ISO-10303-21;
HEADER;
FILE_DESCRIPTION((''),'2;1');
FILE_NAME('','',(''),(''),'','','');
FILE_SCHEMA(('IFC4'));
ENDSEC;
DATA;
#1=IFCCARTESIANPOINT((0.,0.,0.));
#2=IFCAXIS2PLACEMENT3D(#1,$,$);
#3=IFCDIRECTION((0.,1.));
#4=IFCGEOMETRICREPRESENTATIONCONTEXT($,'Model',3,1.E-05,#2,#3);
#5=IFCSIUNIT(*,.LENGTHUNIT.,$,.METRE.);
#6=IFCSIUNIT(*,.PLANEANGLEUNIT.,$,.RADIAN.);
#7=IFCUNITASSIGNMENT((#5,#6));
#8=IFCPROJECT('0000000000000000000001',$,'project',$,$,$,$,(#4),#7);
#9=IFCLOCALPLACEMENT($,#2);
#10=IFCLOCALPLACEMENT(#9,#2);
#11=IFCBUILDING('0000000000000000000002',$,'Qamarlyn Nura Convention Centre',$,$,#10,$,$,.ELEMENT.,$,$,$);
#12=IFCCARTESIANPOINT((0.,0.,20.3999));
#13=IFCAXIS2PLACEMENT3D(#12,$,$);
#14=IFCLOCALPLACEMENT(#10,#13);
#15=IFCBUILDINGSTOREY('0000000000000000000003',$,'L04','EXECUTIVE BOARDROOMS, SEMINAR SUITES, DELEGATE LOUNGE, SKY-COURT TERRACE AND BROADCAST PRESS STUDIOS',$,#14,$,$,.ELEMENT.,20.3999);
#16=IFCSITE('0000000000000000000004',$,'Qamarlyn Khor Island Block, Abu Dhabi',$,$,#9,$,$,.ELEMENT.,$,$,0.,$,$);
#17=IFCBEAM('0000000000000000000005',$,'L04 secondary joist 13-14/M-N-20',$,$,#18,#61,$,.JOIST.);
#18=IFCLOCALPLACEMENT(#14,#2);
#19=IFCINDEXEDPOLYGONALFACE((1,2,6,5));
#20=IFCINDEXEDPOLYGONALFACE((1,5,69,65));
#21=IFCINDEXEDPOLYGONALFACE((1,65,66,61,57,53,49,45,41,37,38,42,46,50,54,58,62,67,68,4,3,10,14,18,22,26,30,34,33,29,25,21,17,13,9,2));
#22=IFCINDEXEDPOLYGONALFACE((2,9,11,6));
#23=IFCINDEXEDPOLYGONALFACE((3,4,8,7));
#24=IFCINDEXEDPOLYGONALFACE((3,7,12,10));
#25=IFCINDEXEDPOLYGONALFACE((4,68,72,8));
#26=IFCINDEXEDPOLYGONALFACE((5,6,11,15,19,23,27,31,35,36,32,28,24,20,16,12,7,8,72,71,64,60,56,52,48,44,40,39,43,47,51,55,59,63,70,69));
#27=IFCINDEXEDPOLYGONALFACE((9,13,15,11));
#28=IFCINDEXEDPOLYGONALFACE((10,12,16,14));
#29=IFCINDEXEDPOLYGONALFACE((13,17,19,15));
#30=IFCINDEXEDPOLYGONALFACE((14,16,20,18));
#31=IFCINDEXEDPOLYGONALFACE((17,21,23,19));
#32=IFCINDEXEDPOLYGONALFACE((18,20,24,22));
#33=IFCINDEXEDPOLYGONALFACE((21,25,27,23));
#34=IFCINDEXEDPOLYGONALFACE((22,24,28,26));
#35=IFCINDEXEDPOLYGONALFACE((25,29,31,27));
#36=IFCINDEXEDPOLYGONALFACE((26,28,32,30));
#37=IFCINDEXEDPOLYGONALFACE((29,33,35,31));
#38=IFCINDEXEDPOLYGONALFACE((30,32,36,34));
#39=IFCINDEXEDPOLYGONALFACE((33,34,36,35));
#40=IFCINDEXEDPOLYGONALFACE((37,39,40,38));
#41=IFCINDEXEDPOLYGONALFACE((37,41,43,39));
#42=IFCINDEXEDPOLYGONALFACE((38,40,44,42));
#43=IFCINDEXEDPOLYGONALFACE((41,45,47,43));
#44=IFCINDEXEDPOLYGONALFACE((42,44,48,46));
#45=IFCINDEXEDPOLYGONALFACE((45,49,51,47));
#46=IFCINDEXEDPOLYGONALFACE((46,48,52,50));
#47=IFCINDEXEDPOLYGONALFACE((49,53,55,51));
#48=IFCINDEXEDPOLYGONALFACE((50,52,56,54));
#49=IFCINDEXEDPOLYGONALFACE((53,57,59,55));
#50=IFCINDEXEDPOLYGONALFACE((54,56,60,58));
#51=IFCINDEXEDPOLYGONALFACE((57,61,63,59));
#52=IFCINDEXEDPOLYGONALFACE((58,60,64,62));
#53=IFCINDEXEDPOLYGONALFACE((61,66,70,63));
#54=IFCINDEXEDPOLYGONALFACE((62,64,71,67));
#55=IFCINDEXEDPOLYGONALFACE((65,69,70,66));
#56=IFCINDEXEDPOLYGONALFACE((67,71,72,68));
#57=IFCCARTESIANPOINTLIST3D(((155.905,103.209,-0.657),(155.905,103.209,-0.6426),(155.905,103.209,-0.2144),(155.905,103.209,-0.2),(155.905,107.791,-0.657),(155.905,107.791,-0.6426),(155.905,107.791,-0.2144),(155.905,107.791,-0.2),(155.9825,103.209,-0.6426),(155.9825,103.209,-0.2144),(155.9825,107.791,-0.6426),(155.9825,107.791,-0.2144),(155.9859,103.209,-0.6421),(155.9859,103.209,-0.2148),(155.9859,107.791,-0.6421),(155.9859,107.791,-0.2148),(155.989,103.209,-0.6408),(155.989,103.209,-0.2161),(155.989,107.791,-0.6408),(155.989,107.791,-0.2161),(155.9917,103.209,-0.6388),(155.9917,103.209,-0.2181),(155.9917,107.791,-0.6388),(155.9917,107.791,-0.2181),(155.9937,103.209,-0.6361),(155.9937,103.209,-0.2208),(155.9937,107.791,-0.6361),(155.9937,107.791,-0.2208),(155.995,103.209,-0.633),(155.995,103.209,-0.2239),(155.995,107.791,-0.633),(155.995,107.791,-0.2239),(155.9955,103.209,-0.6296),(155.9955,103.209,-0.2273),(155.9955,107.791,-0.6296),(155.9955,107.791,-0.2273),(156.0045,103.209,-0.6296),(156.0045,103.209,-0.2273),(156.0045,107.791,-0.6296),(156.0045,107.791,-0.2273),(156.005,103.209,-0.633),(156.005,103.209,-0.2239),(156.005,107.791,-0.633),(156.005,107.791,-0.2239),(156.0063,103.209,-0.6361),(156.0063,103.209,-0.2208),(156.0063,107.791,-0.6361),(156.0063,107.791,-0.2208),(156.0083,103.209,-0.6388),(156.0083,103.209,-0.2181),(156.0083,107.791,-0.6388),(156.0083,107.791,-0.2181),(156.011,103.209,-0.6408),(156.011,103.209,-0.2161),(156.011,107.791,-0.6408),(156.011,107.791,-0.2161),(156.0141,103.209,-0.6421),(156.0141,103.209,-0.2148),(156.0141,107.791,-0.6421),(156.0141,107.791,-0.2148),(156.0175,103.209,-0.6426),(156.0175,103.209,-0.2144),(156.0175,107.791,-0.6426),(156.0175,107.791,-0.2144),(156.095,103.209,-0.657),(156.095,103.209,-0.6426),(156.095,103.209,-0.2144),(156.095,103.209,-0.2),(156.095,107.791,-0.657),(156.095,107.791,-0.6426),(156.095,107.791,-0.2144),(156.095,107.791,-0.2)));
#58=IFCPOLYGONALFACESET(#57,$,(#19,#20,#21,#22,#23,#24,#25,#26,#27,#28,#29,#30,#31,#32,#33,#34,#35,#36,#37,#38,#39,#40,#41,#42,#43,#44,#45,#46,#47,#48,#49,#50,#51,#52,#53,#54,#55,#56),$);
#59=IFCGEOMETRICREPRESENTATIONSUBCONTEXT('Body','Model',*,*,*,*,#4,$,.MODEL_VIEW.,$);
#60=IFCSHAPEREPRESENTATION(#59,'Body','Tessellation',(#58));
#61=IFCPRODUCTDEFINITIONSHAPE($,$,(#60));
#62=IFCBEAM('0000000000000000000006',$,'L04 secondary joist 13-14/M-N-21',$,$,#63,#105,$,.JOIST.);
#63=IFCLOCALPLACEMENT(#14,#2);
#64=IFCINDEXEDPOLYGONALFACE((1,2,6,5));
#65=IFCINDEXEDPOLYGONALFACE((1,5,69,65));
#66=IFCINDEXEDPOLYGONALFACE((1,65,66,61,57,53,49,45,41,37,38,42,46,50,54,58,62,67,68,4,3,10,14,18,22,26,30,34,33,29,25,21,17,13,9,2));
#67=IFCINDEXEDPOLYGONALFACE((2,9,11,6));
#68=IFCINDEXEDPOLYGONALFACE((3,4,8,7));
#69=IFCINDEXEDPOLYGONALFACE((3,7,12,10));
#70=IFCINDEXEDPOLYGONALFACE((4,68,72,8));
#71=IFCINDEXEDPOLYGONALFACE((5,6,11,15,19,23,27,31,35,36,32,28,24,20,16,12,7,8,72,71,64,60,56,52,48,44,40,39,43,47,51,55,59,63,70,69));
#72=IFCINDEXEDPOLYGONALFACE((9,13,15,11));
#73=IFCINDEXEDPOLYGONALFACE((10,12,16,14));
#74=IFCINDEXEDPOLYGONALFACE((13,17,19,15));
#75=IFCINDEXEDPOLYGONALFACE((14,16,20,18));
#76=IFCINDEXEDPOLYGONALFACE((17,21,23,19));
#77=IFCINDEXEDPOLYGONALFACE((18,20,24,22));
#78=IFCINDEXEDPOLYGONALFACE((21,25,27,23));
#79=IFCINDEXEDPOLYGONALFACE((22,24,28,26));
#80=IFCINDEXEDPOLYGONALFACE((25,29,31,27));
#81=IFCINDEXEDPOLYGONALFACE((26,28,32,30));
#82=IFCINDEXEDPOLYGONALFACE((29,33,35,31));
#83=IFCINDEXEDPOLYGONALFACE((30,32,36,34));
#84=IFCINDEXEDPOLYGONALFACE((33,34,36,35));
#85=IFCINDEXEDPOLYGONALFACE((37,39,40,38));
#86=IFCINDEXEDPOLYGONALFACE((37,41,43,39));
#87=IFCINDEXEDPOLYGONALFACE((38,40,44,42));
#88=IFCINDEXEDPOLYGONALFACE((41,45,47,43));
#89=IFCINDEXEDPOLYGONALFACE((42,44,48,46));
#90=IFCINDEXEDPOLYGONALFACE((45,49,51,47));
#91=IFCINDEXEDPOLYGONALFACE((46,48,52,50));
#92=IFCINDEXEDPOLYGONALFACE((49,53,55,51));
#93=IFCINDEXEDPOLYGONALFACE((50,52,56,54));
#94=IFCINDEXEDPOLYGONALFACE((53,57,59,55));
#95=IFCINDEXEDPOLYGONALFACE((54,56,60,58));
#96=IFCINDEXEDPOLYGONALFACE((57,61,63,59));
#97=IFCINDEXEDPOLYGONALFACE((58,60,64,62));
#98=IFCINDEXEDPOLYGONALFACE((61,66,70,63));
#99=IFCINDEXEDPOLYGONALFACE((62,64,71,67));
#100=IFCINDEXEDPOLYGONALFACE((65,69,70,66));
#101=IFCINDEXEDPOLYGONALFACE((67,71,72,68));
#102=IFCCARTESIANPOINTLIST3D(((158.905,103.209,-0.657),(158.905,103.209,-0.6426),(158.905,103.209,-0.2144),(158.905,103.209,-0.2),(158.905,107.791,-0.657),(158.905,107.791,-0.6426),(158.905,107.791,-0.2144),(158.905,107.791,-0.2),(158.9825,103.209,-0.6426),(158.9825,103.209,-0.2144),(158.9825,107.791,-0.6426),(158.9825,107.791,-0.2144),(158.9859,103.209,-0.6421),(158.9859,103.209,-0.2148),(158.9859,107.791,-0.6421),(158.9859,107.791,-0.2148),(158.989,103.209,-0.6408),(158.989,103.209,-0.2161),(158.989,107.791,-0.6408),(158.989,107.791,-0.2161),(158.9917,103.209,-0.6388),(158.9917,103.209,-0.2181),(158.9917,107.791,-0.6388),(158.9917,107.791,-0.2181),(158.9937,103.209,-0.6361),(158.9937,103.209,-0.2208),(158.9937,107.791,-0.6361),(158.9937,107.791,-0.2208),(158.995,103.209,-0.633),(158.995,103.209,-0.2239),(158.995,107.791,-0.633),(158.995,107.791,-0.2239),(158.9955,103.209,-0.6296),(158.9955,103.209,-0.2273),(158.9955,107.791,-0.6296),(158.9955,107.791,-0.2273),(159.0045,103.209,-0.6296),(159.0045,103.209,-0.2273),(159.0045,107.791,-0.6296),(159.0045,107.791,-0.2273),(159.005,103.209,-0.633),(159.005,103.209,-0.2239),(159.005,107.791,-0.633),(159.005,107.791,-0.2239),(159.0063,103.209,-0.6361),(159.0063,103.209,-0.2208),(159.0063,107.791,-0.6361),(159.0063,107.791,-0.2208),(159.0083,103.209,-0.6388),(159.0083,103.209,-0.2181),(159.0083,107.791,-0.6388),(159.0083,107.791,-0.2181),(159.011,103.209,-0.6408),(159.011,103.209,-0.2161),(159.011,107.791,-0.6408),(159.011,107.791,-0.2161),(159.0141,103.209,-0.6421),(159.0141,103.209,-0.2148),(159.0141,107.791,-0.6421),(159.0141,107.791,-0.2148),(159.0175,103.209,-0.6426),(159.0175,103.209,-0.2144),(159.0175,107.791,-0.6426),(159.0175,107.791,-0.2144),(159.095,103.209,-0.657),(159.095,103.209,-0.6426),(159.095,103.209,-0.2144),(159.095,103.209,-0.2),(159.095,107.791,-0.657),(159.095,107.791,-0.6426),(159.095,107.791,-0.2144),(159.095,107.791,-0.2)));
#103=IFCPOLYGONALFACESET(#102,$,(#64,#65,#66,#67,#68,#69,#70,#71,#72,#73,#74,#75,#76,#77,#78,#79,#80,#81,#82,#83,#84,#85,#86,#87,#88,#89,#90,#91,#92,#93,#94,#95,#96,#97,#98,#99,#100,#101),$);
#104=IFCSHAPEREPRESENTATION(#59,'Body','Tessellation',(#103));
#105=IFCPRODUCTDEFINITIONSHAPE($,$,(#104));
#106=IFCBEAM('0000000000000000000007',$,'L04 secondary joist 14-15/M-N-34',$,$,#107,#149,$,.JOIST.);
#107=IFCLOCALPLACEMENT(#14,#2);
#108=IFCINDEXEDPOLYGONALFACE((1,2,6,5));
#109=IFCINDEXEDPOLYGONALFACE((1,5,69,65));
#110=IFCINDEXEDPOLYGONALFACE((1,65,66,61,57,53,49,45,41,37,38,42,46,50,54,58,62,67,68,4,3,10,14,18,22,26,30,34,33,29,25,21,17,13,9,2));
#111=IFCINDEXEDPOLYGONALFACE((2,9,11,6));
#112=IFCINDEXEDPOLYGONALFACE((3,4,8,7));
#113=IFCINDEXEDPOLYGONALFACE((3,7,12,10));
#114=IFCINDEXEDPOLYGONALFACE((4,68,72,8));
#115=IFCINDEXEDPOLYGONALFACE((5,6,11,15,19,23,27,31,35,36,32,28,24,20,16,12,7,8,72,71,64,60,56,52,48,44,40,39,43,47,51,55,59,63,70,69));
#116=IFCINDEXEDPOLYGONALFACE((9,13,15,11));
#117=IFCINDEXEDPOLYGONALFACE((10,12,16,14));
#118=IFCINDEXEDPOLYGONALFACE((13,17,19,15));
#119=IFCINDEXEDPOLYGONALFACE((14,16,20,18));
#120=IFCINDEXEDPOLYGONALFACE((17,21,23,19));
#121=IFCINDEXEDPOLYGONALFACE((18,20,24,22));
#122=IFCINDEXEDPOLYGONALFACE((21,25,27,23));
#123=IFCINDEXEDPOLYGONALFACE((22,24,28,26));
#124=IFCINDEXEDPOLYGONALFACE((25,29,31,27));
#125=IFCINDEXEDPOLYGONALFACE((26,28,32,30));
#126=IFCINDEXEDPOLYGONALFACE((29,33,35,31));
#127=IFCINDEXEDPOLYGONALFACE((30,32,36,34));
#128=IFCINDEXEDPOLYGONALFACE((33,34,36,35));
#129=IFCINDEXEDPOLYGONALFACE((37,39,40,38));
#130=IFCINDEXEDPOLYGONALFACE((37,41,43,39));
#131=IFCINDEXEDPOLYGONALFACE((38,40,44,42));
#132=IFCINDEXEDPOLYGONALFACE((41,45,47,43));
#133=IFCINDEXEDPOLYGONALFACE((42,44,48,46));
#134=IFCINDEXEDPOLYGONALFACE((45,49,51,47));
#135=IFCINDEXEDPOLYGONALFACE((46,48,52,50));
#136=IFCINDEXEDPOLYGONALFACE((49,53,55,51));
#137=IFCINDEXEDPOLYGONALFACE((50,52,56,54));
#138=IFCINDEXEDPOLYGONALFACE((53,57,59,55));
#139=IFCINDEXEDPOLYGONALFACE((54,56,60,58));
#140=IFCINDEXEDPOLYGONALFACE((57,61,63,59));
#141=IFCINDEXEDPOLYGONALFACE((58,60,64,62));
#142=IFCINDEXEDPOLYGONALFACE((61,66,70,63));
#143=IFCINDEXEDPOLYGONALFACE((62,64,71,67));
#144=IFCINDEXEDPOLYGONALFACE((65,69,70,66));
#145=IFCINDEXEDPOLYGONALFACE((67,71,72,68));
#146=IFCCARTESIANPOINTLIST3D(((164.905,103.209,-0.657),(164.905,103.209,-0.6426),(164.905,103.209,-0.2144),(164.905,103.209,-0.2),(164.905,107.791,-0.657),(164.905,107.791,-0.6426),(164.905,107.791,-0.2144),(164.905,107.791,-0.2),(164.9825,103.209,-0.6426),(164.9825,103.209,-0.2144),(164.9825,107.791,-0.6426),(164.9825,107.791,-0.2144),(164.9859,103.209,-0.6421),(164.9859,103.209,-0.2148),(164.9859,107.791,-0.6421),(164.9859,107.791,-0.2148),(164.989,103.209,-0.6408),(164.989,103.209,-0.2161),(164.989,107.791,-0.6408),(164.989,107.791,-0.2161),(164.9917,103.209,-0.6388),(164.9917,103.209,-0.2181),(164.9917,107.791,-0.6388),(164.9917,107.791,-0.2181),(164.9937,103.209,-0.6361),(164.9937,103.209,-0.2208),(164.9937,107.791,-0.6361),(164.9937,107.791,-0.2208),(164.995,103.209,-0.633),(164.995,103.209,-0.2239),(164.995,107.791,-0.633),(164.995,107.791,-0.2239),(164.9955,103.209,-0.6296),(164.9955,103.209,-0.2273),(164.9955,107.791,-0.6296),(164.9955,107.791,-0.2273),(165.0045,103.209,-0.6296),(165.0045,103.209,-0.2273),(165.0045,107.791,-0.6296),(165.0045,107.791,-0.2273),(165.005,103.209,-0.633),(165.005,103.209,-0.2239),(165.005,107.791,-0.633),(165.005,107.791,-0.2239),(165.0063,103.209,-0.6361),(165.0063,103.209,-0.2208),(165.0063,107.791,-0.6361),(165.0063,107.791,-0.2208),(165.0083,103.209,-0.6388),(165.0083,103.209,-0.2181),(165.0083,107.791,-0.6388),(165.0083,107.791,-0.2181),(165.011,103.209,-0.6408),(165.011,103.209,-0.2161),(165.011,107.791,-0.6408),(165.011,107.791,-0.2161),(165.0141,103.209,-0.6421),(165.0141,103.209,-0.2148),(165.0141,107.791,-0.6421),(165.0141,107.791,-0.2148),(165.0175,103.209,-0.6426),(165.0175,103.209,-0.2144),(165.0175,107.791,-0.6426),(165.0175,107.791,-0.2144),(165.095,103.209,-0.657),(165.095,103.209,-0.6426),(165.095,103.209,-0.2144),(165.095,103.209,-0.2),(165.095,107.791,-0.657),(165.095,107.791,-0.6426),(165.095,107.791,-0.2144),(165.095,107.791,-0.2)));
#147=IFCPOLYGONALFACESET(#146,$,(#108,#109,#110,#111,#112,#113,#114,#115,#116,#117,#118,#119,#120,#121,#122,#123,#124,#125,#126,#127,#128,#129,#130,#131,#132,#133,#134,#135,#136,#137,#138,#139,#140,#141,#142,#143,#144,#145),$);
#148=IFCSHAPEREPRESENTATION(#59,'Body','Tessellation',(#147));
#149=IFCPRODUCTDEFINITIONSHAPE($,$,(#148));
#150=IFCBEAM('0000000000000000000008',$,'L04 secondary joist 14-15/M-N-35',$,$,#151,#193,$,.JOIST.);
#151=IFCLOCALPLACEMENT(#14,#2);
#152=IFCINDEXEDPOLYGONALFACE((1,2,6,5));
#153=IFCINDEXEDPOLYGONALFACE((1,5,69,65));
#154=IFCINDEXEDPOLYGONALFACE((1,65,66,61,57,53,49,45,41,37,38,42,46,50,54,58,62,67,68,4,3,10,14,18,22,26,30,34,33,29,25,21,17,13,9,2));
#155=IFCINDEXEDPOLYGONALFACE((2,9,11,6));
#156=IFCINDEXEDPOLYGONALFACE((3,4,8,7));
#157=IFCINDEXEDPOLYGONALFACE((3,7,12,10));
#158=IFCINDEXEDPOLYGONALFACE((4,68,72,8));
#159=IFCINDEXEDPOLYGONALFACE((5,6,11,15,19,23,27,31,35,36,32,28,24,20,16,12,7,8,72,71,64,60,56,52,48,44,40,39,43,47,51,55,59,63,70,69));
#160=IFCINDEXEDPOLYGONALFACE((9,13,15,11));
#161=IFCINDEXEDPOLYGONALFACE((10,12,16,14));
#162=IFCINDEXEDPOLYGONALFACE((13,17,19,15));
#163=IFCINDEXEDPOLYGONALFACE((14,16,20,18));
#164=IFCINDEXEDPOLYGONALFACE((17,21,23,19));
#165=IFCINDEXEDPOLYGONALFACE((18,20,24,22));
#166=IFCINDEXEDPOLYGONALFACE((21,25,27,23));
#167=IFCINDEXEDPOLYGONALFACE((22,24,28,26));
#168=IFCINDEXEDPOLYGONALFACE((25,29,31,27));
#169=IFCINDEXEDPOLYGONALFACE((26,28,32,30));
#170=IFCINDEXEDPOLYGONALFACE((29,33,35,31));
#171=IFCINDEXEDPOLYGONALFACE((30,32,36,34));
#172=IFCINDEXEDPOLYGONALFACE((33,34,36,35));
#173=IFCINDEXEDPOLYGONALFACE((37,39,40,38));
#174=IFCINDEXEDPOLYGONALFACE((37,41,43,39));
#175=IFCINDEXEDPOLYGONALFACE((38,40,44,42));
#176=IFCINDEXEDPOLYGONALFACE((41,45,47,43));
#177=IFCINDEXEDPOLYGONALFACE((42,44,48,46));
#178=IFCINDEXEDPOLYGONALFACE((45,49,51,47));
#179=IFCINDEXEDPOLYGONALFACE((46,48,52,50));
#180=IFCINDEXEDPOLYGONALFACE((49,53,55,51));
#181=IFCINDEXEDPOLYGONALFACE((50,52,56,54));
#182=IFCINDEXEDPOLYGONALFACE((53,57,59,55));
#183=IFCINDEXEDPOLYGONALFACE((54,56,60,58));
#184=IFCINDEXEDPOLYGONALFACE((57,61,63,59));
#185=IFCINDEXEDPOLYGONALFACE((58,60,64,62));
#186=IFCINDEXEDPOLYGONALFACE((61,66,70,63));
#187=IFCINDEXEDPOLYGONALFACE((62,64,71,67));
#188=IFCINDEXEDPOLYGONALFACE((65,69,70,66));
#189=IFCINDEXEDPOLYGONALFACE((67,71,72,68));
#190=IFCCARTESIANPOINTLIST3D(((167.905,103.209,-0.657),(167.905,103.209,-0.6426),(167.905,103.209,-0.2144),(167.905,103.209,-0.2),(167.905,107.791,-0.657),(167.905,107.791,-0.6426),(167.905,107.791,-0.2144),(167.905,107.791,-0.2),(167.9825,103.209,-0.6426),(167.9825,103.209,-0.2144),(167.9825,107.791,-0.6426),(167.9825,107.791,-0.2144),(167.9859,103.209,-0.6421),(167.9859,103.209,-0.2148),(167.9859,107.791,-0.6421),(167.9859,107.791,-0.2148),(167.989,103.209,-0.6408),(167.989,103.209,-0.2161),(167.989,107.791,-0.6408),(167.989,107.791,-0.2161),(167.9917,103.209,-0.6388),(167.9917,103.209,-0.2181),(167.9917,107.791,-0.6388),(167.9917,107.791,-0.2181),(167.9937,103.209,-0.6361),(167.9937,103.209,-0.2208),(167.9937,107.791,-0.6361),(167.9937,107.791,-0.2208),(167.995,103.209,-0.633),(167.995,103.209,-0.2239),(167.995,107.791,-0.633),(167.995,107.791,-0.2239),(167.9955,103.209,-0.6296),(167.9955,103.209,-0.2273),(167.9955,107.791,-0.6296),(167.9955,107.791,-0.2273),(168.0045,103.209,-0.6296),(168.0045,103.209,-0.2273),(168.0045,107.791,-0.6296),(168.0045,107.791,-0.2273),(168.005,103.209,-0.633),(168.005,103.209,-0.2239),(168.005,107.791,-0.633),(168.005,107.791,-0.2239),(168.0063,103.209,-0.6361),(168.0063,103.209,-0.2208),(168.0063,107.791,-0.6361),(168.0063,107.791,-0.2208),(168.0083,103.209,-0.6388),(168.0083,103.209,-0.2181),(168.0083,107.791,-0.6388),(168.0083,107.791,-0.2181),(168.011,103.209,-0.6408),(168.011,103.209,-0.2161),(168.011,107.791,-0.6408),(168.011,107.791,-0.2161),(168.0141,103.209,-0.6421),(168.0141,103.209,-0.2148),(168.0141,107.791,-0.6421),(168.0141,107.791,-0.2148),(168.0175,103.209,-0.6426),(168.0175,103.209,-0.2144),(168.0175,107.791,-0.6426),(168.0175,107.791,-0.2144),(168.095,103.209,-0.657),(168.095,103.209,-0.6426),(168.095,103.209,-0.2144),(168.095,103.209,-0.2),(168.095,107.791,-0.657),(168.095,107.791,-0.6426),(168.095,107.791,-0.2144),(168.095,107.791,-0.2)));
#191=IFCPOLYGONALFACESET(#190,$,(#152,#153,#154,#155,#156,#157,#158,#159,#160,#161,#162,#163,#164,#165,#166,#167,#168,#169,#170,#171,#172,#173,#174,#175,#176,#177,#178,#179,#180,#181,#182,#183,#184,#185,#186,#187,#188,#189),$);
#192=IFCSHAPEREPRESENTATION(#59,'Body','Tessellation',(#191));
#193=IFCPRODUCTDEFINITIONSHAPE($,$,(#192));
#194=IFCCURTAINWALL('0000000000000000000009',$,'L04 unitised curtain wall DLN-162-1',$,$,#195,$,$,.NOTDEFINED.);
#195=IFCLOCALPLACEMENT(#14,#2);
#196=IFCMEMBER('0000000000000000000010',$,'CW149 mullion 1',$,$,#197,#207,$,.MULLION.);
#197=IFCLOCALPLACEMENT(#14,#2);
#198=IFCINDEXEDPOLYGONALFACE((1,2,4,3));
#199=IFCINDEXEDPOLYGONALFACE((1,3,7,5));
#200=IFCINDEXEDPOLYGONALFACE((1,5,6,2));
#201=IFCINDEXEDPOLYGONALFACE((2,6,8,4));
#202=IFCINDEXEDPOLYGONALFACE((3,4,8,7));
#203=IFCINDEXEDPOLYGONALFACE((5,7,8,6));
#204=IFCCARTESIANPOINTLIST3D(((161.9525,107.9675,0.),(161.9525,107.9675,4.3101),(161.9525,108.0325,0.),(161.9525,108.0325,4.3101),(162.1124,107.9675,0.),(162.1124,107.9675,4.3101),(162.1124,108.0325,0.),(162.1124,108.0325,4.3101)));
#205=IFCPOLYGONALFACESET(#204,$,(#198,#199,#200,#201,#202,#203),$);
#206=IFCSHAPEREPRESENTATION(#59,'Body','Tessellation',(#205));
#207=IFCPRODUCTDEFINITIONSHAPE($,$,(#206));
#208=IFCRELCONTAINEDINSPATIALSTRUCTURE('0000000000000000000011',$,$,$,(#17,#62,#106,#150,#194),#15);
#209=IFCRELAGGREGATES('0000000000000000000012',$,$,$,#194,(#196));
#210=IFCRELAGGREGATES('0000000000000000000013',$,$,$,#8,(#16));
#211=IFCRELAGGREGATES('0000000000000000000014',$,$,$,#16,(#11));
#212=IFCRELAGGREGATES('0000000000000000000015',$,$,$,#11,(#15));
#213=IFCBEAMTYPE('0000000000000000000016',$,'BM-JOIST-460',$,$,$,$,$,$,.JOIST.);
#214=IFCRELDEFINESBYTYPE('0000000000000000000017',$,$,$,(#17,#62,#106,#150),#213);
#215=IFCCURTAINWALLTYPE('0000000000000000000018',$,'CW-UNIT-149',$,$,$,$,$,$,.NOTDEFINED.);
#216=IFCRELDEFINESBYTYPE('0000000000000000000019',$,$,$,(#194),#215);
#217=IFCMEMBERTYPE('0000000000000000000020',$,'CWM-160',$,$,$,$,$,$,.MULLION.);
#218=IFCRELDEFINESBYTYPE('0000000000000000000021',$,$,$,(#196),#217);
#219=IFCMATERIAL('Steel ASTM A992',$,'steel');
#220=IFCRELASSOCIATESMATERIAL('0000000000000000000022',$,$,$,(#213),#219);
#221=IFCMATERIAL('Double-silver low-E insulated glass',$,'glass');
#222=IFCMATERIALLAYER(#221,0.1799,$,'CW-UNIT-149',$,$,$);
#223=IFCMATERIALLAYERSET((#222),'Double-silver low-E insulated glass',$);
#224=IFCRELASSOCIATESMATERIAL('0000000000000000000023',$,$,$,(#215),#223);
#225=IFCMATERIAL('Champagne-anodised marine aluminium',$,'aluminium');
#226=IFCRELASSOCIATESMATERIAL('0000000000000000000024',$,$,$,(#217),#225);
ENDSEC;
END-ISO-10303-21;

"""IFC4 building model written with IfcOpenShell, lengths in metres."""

from ifc_helpers import new_model, si_unit, direction, frame, origin, origin_2d, place, context, subcontext, project, spatial, rectangle, i_section, extrude, material, layer, layer_set, material_profile, profile_set, type_object, element, aggregate, save


model = new_model("IFC4")

# Units and contexts
model_context = context("Model", 3, precision=1e-05, world=origin(), true_north=direction((0.0, 1.0)))
body_context = subcontext(model_context, "Body", "Model", "MODEL_VIEW")
ifc_project = project(units=[si_unit("LENGTHUNIT", "METRE"), si_unit("PLANEANGLEUNIT", "RADIAN")], contexts=[model_context])

# Site, building, storey
site_placement = place(None, origin())
site = spatial("IfcSite", under=ifc_project, at=site_placement, Name="Qamarlyn Khor Island Block, Abu Dhabi", CompositionType="ELEMENT", RefElevation=0.0)
building_placement = place(site_placement, origin())
building = spatial("IfcBuilding", under=site, at=building_placement, Name="Qamarlyn Nura Convention Centre", CompositionType="ELEMENT")
storey_placement = place(building_placement, frame((0.0, 0.0, 20.3999)))
storey = spatial("IfcBuildingStorey", under=building, at=storey_placement, Name="L04", Description="EXECUTIVE BOARDROOMS, SEMINAR SUITES, DELEGATE LOUNGE, SKY-COURT TERRACE AND BROADCAST PRESS STUDIOS", CompositionType="ELEMENT", Elevation=20.3999)

# Beams
ifc_material_1 = material(Name="Steel ASTM A992", Category="steel")
ifc_material_profile_1 = material_profile(ifc_material_1, i_section(OverallWidth=0.1899, OverallDepth=0.457, WebThickness=0.009, FlangeThickness=0.0144, FilletRadius=0.0129, at=origin_2d()), Name="W460X74")
ifc_profile_set_1 = profile_set([ifc_material_profile_1], Name="Steel ASTM A992")
beam_type = type_object("IfcBeamType", Name="BM-JOIST-460", PredefinedType="JOIST", material=ifc_profile_set_1)
for number, where, z_axis, x_axis, name in (
    (1, (156.0, 103.209, -0.4285), (0.0, 1.0, 0.0), (-1.0, 0.0, 0.0), "L04 secondary joist 13-14/M-N-20"),
    (2, (159.0, 103.209, -0.4285), (0.0, 1.0, 0.0), (-1.0, 0.0, 0.0), "L04 secondary joist 13-14/M-N-21"),
    (3, (165.0, 103.209, -0.4285), (0.0, 1.0, 0.0), (-1.0, 0.0, 0.0), "L04 secondary joist 14-15/M-N-34"),
    (4, (168.0, 103.209, -0.4285), (0.0, 1.0, 0.0), (-1.0, 0.0, 0.0), "L04 secondary joist 14-15/M-N-35"),
):
    element("IfcBeam", number, at=place(storey_placement, frame(where, z_axis=z_axis, x_axis=x_axis)), inside=storey, type_object=beam_type, Name=name, PredefinedType="JOIST", context=body_context, shape_type="SweptSolid", body=[
        extrude(i_section(OverallWidth=0.1899, OverallDepth=0.457, WebThickness=0.009, FlangeThickness=0.0144, FilletRadius=0.0129, at=origin_2d()), origin(), (0.0, 0.0, 1.0), 4.582),
    ])

# Curtain wall, member
ifc_material_2 = material(Name="Double-silver low-E insulated glass", Category="glass")
ifc_layer_1 = layer(ifc_material_2, 0.1799, Name="CW-UNIT-149")
ifc_layer_set_1 = layer_set([ifc_layer_1], Name="Double-silver low-E insulated glass")
curtain_wall_type_1 = type_object("IfcCurtainWallType", Name="CW-UNIT-149", PredefinedType="NOTDEFINED", material=ifc_layer_set_1)
curtain_wall_1_placement = place(storey_placement, origin())
curtain_wall_1 = element("IfcCurtainWall", 5, at=curtain_wall_1_placement, inside=storey, type_object=curtain_wall_type_1, Name="L04 unitised curtain wall DLN-162-1", PredefinedType="NOTDEFINED")
ifc_material_3 = material(Name="Champagne-anodised marine aluminium", Category="aluminium")
ifc_material_profile_2 = material_profile(ifc_material_3, rectangle(XDim=0.0649, YDim=0.1599, at=origin_2d()), Name="ALU MULLION 65x160")
ifc_profile_set_2 = profile_set([ifc_material_profile_2], Name="Champagne-anodised marine aluminium")
member_type_1 = type_object("IfcMemberType", Name="CWM-160", PredefinedType="MULLION", material=ifc_profile_set_2)
member_1_placement = place(storey_placement, frame((162.0325, 108.0, 0.0), z_axis=(0.0, 0.0, 1.0), x_axis=(0.0, 1.0, 0.0)))
member_1 = element("IfcMember", 6, at=member_1_placement, type_object=member_type_1, Name="CW149 mullion 1", PredefinedType="MULLION", context=body_context, shape_type="SweptSolid", body=[
    extrude(rectangle(XDim=0.0649, YDim=0.1599, at=origin_2d()), origin(), (0.0, 0.0, 1.0), 4.3101),
])
aggregate(curtain_wall_1, [member_1])

save(model, "model.ifc")
